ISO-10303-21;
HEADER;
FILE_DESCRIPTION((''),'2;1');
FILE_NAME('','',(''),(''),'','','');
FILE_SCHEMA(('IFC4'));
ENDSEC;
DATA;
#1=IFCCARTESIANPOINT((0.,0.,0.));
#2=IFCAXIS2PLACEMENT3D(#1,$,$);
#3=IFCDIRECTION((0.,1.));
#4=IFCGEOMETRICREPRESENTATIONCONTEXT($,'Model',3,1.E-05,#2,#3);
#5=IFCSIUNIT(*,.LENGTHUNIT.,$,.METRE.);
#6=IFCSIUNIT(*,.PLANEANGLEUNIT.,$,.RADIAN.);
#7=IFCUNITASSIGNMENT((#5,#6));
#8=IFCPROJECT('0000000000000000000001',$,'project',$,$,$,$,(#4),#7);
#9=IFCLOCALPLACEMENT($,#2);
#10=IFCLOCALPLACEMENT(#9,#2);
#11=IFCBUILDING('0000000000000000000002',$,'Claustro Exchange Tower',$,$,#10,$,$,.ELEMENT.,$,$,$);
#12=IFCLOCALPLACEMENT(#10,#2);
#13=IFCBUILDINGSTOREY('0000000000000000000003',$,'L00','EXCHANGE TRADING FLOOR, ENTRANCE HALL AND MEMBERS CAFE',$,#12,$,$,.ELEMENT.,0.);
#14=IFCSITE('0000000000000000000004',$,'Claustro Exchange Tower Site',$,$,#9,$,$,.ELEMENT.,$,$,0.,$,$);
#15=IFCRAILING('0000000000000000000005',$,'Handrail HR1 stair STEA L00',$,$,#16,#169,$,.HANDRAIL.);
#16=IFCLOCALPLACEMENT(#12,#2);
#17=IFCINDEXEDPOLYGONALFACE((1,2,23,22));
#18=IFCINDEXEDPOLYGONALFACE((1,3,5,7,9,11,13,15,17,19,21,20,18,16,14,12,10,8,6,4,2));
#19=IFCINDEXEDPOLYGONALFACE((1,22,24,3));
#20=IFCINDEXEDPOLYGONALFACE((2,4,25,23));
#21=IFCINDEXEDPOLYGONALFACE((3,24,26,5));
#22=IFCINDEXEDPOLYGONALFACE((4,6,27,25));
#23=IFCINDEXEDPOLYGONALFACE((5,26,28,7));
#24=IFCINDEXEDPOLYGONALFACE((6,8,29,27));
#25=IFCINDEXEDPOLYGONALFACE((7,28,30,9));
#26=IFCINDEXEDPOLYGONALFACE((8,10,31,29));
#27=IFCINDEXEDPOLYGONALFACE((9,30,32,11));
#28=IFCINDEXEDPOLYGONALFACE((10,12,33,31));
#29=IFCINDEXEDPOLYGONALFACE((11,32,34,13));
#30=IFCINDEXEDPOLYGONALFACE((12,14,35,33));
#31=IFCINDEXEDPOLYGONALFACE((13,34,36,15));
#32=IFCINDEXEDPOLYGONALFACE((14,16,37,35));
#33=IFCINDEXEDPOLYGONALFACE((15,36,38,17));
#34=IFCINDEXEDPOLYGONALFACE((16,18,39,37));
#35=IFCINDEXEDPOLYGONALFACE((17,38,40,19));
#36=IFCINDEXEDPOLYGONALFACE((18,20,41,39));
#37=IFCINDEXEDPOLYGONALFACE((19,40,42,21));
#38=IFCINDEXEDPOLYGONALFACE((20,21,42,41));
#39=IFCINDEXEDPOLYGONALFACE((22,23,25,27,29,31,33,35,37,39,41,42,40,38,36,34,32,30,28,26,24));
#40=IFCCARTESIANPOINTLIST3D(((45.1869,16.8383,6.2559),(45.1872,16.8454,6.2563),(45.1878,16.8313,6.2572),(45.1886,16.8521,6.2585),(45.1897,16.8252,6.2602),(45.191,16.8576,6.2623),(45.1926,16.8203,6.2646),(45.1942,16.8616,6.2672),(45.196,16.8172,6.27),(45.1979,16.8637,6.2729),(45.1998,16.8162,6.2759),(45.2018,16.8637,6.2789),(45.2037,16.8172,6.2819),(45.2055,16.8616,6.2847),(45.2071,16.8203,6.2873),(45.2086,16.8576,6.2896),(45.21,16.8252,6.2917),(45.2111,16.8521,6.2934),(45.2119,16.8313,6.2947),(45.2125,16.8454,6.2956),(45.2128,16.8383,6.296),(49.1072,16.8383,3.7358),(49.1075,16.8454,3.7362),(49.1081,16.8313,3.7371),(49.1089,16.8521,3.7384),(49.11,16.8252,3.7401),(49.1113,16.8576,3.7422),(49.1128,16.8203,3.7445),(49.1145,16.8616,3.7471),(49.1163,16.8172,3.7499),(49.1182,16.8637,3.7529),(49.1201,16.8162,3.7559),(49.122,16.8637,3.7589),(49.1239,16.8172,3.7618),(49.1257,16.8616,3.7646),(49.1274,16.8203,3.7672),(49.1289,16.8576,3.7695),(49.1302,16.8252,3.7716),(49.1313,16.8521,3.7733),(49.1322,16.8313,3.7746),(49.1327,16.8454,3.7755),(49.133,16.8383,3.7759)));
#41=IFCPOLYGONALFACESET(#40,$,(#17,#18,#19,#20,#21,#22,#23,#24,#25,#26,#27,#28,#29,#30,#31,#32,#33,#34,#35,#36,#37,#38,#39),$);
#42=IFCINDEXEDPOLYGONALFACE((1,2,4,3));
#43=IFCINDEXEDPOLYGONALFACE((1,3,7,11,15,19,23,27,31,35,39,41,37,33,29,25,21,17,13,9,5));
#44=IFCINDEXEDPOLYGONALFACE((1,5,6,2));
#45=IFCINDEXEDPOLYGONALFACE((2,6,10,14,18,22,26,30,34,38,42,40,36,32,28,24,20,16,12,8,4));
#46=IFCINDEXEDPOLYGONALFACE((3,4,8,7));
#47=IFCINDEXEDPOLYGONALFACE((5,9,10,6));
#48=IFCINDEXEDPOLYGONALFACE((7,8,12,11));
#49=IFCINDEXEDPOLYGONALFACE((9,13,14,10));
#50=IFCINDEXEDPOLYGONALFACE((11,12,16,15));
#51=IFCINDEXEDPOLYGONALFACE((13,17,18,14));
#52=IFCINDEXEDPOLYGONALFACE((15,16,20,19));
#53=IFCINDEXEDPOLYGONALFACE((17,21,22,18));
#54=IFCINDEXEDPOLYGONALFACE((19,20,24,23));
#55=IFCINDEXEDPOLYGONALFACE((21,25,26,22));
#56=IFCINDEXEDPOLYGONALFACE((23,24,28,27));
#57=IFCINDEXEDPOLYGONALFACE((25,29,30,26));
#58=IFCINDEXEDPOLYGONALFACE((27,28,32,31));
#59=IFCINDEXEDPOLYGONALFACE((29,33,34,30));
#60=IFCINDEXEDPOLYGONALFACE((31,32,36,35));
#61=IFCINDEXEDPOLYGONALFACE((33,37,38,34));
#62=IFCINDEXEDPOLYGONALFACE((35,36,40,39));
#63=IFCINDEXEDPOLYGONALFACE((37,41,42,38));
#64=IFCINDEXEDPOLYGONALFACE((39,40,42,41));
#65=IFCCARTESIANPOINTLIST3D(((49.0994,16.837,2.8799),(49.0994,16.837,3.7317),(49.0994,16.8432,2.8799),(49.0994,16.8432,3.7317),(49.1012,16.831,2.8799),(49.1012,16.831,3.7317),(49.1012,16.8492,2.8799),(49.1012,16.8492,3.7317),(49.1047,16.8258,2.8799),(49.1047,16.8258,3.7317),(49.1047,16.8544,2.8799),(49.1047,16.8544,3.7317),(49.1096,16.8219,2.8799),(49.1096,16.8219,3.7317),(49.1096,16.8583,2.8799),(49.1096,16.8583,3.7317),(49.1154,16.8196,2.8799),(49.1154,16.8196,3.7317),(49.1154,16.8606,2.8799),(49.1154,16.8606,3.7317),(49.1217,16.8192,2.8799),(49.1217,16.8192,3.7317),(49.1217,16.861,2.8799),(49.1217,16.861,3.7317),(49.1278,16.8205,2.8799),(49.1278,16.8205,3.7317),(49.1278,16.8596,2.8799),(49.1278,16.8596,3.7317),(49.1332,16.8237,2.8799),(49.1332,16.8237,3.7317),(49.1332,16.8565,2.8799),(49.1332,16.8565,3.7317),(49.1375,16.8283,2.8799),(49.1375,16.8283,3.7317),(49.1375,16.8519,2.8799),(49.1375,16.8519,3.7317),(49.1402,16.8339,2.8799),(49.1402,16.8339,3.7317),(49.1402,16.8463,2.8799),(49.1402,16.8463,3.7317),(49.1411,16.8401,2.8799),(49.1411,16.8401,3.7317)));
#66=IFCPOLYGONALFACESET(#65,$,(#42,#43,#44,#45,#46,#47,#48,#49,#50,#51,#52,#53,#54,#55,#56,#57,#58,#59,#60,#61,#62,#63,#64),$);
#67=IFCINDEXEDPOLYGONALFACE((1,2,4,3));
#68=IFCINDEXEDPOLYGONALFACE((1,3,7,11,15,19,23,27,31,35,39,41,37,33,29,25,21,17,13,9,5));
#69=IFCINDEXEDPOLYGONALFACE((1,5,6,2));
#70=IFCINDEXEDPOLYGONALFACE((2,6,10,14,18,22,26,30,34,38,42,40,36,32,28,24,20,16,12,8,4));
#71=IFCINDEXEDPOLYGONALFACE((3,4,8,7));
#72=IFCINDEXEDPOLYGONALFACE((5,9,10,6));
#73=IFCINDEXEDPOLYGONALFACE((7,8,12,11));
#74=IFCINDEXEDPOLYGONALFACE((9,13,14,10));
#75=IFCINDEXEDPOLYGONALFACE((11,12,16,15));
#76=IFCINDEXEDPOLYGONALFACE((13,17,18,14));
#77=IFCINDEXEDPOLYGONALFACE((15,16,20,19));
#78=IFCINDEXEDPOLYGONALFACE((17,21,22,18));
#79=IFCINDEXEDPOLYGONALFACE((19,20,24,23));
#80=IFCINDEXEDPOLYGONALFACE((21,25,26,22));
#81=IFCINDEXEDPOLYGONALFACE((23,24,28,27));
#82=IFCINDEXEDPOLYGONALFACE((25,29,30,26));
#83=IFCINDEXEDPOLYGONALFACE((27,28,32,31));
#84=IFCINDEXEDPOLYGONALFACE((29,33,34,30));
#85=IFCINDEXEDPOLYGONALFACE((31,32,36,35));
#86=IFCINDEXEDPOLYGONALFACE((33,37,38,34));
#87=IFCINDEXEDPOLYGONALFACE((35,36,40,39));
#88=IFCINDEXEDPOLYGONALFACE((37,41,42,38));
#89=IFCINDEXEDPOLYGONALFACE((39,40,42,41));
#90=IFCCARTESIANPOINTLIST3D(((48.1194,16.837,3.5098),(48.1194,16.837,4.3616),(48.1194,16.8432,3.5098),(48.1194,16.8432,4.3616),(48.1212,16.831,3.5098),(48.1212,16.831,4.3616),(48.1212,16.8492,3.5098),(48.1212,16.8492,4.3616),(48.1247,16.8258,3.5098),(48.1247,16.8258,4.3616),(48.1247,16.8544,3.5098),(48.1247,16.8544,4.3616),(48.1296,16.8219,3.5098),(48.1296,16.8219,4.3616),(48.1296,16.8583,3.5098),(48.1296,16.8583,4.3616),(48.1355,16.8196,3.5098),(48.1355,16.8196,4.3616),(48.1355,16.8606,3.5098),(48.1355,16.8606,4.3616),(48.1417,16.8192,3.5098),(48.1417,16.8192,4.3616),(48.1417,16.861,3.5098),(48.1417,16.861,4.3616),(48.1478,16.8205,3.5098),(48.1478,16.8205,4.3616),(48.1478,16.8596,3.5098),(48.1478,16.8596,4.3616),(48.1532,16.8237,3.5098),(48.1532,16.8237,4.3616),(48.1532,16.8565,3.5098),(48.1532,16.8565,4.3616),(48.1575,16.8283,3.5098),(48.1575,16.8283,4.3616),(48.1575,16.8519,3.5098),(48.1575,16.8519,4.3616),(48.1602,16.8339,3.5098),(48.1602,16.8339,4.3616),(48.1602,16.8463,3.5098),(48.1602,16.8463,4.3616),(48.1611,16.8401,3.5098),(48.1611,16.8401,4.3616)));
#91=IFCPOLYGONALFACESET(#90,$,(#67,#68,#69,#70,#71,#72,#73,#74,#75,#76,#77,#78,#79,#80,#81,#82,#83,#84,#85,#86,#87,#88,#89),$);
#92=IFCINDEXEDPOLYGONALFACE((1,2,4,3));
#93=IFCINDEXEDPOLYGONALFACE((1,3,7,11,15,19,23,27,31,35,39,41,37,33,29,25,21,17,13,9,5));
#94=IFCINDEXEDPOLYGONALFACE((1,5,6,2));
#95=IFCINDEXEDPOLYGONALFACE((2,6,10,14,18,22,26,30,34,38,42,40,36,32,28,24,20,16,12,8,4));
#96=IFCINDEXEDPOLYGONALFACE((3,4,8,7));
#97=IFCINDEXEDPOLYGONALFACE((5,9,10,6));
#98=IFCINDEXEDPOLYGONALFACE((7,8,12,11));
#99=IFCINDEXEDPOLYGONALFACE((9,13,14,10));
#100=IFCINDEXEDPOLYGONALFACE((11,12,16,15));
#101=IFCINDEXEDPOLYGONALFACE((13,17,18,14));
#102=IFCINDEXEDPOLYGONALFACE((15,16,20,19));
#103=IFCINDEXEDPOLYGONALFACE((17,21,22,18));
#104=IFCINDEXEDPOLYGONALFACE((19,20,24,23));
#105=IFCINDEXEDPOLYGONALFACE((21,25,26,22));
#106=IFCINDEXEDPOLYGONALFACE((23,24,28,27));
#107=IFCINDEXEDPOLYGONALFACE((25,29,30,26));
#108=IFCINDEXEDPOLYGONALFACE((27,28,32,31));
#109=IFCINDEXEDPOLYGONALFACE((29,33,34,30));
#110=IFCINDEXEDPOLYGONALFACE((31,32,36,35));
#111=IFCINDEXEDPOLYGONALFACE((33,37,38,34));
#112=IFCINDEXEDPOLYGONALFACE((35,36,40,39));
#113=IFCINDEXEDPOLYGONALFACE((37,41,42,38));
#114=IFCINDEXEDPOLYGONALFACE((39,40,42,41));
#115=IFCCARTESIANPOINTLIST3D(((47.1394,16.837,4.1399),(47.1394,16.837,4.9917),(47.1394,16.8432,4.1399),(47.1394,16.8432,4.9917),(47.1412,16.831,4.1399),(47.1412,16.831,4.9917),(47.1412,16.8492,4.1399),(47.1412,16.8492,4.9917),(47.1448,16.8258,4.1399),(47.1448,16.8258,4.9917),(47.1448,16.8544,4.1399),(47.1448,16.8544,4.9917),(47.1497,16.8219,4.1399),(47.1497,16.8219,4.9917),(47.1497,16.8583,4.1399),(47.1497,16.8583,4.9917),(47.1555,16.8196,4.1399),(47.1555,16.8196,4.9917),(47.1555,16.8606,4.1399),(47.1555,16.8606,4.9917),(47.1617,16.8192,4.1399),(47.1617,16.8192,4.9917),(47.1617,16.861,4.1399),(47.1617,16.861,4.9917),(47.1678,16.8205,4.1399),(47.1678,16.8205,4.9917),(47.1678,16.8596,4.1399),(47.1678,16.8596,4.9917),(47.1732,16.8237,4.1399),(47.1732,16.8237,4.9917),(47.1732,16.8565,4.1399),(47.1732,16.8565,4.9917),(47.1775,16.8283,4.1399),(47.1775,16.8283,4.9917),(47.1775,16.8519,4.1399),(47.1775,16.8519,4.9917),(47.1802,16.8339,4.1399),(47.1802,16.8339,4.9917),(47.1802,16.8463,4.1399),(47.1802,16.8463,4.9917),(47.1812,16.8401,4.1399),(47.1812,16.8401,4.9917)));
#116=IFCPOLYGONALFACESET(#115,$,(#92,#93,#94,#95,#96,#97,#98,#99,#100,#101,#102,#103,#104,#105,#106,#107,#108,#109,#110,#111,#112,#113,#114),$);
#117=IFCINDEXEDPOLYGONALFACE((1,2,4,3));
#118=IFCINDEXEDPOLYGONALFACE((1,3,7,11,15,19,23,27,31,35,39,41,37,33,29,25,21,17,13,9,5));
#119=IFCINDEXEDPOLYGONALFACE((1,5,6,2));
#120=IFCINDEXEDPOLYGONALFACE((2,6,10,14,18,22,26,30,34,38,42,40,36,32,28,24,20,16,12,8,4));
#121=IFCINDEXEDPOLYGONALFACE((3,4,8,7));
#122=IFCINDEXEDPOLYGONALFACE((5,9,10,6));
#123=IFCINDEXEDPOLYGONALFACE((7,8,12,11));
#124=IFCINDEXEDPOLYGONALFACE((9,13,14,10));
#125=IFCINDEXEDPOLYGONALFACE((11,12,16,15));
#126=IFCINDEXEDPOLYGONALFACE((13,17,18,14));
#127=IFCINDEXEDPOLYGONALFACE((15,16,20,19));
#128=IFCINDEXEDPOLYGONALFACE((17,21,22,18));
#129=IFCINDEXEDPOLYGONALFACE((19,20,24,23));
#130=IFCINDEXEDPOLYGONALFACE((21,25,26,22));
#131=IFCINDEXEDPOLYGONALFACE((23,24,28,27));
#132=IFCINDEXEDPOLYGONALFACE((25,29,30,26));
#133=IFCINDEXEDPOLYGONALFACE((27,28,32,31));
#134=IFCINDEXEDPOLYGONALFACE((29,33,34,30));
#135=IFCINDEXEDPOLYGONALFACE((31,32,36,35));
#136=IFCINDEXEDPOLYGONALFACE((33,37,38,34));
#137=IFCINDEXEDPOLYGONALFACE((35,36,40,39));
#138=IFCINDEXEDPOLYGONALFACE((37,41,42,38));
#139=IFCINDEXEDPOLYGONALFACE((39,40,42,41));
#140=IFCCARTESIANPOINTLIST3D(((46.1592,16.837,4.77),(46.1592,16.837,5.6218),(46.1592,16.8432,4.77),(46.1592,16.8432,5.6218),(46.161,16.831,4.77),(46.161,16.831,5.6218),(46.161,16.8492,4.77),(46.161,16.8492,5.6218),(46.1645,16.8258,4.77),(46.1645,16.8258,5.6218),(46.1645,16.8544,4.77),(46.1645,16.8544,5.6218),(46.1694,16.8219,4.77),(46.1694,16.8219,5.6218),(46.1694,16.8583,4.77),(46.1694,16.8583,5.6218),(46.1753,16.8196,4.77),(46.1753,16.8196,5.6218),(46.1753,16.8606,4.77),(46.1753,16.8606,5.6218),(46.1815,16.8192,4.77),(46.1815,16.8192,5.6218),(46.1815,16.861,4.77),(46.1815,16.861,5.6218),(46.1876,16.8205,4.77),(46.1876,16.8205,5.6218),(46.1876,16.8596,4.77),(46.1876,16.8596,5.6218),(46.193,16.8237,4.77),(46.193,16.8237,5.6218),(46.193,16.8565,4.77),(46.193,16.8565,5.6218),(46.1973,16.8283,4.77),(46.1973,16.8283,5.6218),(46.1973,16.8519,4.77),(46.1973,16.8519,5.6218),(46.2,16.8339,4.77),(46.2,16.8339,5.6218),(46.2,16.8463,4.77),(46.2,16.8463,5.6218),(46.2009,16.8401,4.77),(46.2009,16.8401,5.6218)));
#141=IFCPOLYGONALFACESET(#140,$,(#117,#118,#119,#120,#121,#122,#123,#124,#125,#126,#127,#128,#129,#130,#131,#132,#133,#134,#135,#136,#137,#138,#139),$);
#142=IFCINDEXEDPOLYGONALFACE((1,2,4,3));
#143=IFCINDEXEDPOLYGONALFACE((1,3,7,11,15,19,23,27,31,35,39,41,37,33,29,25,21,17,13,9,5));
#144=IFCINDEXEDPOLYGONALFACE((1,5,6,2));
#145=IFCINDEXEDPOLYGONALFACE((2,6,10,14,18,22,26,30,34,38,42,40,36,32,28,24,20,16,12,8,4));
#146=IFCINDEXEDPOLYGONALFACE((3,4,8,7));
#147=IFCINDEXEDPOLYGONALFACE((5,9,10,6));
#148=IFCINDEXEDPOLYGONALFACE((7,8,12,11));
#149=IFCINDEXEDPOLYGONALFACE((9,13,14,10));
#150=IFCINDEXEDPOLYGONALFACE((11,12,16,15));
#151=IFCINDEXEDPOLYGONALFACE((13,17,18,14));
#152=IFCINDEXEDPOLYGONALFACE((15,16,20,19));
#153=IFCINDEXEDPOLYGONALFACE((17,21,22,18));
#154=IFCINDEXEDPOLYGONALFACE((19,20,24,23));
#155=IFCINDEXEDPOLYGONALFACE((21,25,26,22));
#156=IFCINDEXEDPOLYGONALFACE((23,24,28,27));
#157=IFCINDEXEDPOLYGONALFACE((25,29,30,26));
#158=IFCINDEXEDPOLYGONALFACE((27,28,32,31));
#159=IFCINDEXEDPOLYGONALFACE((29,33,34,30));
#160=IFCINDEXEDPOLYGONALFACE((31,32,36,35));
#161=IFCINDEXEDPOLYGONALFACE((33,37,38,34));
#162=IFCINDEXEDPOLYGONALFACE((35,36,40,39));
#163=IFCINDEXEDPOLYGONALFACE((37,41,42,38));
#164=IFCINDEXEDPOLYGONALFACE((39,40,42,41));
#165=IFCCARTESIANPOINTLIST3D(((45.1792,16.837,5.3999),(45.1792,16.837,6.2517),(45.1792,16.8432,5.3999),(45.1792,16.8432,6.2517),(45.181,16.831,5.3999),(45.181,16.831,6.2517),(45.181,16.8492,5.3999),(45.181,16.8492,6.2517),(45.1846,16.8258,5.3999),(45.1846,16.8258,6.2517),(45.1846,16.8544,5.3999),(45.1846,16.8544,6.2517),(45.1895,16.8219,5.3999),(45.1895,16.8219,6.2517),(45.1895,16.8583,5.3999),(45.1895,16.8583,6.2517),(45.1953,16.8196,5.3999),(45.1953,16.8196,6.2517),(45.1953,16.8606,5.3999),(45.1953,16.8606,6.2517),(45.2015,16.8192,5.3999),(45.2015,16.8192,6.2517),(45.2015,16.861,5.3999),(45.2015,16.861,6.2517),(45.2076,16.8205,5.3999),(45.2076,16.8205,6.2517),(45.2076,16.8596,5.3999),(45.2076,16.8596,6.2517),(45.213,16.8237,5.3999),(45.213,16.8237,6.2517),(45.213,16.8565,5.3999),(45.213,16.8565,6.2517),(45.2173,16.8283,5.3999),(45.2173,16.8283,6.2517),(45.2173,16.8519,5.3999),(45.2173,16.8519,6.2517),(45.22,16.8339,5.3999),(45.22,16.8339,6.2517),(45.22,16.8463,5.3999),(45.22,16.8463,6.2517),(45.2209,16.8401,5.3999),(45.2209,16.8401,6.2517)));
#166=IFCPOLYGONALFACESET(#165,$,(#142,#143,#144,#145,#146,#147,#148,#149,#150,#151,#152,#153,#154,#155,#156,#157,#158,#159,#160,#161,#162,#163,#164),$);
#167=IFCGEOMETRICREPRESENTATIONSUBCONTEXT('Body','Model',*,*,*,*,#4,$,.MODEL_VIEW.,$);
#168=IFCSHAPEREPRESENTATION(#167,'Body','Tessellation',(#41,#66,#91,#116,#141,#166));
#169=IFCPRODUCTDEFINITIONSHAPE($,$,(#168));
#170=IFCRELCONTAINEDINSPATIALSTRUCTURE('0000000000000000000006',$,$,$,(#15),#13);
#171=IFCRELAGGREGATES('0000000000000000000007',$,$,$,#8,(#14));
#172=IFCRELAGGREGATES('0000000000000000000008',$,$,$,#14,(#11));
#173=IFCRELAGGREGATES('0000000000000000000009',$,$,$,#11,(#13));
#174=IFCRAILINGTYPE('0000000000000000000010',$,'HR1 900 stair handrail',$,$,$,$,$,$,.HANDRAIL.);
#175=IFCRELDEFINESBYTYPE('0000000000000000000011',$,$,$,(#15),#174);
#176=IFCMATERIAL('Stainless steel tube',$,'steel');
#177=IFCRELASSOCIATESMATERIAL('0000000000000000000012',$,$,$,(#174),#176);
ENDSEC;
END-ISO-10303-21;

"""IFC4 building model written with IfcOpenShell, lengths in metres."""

from ifc_helpers import new_model, si_unit, direction, frame, origin, origin_2d, place, context, subcontext, project, spatial, circle, extrude, material, type_object, element, save


model = new_model("IFC4")

# Units and contexts
model_context = context("Model", 3, precision=1e-05, world=origin(), true_north=direction((0.0, 1.0)))
body_context = subcontext(model_context, "Body", "Model", "MODEL_VIEW")
ifc_project = project(units=[si_unit("LENGTHUNIT", "METRE"), si_unit("PLANEANGLEUNIT", "RADIAN")], contexts=[model_context])

# Site, building, storey
site_placement = place(None, origin())
site = spatial("IfcSite", under=ifc_project, at=site_placement, Name="Claustro Exchange Tower Site", CompositionType="ELEMENT", RefElevation=0.0)
building_placement = place(site_placement, origin())
building = spatial("IfcBuilding", under=site, at=building_placement, Name="Claustro Exchange Tower", CompositionType="ELEMENT")
storey_placement = place(building_placement, origin())
storey = spatial("IfcBuildingStorey", under=building, at=storey_placement, Name="L00", Description="EXCHANGE TRADING FLOOR, ENTRANCE HALL AND MEMBERS CAFE", CompositionType="ELEMENT", Elevation=0.0)

# Railing
ifc_material_1 = material(Name="Stainless steel tube", Category="steel")
railing_type_1 = type_object("IfcRailingType", Name="HR1 900 stair handrail", PredefinedType="HANDRAIL", material=ifc_material_1)
railing_1_placement = place(storey_placement, frame((49.1201, 16.8401, 2.8799)))
element("IfcRailing", 1, at=railing_1_placement, inside=storey, type_object=railing_type_1, Name="Handrail HR1 stair STEA L00", PredefinedType="HANDRAIL", context=body_context, shape_type="SweptSolid", body=[
    extrude(circle(Radius=0.0239, at=origin_2d()), frame((0.0, 0.0, 0.876), z_axis=(-0.841187, 0.0, 0.540744), x_axis=(0.0, -1.0, 0.0)), (0.0, 0.0, 1.0), 4.6604),
    extrude(circle(Radius=0.021, at=origin_2d()), origin(), (0.0, 0.0, 1.0), 0.8518),
    extrude(circle(Radius=0.021, at=origin_2d()), frame((-0.98, 0.0, 0.6299)), (0.0, 0.0, 1.0), 0.8518),
    extrude(circle(Radius=0.021, at=origin_2d()), frame((-1.96, 0.0, 1.26)), (0.0, 0.0, 1.0), 0.8518),
    extrude(circle(Radius=0.021, at=origin_2d()), frame((-2.9402, 0.0, 1.8901)), (0.0, 0.0, 1.0), 0.8518),
    extrude(circle(Radius=0.021, at=origin_2d()), frame((-3.9202, 0.0, 2.52)), (0.0, 0.0, 1.0), 0.8518),
])

save(model, "model.ifc")
